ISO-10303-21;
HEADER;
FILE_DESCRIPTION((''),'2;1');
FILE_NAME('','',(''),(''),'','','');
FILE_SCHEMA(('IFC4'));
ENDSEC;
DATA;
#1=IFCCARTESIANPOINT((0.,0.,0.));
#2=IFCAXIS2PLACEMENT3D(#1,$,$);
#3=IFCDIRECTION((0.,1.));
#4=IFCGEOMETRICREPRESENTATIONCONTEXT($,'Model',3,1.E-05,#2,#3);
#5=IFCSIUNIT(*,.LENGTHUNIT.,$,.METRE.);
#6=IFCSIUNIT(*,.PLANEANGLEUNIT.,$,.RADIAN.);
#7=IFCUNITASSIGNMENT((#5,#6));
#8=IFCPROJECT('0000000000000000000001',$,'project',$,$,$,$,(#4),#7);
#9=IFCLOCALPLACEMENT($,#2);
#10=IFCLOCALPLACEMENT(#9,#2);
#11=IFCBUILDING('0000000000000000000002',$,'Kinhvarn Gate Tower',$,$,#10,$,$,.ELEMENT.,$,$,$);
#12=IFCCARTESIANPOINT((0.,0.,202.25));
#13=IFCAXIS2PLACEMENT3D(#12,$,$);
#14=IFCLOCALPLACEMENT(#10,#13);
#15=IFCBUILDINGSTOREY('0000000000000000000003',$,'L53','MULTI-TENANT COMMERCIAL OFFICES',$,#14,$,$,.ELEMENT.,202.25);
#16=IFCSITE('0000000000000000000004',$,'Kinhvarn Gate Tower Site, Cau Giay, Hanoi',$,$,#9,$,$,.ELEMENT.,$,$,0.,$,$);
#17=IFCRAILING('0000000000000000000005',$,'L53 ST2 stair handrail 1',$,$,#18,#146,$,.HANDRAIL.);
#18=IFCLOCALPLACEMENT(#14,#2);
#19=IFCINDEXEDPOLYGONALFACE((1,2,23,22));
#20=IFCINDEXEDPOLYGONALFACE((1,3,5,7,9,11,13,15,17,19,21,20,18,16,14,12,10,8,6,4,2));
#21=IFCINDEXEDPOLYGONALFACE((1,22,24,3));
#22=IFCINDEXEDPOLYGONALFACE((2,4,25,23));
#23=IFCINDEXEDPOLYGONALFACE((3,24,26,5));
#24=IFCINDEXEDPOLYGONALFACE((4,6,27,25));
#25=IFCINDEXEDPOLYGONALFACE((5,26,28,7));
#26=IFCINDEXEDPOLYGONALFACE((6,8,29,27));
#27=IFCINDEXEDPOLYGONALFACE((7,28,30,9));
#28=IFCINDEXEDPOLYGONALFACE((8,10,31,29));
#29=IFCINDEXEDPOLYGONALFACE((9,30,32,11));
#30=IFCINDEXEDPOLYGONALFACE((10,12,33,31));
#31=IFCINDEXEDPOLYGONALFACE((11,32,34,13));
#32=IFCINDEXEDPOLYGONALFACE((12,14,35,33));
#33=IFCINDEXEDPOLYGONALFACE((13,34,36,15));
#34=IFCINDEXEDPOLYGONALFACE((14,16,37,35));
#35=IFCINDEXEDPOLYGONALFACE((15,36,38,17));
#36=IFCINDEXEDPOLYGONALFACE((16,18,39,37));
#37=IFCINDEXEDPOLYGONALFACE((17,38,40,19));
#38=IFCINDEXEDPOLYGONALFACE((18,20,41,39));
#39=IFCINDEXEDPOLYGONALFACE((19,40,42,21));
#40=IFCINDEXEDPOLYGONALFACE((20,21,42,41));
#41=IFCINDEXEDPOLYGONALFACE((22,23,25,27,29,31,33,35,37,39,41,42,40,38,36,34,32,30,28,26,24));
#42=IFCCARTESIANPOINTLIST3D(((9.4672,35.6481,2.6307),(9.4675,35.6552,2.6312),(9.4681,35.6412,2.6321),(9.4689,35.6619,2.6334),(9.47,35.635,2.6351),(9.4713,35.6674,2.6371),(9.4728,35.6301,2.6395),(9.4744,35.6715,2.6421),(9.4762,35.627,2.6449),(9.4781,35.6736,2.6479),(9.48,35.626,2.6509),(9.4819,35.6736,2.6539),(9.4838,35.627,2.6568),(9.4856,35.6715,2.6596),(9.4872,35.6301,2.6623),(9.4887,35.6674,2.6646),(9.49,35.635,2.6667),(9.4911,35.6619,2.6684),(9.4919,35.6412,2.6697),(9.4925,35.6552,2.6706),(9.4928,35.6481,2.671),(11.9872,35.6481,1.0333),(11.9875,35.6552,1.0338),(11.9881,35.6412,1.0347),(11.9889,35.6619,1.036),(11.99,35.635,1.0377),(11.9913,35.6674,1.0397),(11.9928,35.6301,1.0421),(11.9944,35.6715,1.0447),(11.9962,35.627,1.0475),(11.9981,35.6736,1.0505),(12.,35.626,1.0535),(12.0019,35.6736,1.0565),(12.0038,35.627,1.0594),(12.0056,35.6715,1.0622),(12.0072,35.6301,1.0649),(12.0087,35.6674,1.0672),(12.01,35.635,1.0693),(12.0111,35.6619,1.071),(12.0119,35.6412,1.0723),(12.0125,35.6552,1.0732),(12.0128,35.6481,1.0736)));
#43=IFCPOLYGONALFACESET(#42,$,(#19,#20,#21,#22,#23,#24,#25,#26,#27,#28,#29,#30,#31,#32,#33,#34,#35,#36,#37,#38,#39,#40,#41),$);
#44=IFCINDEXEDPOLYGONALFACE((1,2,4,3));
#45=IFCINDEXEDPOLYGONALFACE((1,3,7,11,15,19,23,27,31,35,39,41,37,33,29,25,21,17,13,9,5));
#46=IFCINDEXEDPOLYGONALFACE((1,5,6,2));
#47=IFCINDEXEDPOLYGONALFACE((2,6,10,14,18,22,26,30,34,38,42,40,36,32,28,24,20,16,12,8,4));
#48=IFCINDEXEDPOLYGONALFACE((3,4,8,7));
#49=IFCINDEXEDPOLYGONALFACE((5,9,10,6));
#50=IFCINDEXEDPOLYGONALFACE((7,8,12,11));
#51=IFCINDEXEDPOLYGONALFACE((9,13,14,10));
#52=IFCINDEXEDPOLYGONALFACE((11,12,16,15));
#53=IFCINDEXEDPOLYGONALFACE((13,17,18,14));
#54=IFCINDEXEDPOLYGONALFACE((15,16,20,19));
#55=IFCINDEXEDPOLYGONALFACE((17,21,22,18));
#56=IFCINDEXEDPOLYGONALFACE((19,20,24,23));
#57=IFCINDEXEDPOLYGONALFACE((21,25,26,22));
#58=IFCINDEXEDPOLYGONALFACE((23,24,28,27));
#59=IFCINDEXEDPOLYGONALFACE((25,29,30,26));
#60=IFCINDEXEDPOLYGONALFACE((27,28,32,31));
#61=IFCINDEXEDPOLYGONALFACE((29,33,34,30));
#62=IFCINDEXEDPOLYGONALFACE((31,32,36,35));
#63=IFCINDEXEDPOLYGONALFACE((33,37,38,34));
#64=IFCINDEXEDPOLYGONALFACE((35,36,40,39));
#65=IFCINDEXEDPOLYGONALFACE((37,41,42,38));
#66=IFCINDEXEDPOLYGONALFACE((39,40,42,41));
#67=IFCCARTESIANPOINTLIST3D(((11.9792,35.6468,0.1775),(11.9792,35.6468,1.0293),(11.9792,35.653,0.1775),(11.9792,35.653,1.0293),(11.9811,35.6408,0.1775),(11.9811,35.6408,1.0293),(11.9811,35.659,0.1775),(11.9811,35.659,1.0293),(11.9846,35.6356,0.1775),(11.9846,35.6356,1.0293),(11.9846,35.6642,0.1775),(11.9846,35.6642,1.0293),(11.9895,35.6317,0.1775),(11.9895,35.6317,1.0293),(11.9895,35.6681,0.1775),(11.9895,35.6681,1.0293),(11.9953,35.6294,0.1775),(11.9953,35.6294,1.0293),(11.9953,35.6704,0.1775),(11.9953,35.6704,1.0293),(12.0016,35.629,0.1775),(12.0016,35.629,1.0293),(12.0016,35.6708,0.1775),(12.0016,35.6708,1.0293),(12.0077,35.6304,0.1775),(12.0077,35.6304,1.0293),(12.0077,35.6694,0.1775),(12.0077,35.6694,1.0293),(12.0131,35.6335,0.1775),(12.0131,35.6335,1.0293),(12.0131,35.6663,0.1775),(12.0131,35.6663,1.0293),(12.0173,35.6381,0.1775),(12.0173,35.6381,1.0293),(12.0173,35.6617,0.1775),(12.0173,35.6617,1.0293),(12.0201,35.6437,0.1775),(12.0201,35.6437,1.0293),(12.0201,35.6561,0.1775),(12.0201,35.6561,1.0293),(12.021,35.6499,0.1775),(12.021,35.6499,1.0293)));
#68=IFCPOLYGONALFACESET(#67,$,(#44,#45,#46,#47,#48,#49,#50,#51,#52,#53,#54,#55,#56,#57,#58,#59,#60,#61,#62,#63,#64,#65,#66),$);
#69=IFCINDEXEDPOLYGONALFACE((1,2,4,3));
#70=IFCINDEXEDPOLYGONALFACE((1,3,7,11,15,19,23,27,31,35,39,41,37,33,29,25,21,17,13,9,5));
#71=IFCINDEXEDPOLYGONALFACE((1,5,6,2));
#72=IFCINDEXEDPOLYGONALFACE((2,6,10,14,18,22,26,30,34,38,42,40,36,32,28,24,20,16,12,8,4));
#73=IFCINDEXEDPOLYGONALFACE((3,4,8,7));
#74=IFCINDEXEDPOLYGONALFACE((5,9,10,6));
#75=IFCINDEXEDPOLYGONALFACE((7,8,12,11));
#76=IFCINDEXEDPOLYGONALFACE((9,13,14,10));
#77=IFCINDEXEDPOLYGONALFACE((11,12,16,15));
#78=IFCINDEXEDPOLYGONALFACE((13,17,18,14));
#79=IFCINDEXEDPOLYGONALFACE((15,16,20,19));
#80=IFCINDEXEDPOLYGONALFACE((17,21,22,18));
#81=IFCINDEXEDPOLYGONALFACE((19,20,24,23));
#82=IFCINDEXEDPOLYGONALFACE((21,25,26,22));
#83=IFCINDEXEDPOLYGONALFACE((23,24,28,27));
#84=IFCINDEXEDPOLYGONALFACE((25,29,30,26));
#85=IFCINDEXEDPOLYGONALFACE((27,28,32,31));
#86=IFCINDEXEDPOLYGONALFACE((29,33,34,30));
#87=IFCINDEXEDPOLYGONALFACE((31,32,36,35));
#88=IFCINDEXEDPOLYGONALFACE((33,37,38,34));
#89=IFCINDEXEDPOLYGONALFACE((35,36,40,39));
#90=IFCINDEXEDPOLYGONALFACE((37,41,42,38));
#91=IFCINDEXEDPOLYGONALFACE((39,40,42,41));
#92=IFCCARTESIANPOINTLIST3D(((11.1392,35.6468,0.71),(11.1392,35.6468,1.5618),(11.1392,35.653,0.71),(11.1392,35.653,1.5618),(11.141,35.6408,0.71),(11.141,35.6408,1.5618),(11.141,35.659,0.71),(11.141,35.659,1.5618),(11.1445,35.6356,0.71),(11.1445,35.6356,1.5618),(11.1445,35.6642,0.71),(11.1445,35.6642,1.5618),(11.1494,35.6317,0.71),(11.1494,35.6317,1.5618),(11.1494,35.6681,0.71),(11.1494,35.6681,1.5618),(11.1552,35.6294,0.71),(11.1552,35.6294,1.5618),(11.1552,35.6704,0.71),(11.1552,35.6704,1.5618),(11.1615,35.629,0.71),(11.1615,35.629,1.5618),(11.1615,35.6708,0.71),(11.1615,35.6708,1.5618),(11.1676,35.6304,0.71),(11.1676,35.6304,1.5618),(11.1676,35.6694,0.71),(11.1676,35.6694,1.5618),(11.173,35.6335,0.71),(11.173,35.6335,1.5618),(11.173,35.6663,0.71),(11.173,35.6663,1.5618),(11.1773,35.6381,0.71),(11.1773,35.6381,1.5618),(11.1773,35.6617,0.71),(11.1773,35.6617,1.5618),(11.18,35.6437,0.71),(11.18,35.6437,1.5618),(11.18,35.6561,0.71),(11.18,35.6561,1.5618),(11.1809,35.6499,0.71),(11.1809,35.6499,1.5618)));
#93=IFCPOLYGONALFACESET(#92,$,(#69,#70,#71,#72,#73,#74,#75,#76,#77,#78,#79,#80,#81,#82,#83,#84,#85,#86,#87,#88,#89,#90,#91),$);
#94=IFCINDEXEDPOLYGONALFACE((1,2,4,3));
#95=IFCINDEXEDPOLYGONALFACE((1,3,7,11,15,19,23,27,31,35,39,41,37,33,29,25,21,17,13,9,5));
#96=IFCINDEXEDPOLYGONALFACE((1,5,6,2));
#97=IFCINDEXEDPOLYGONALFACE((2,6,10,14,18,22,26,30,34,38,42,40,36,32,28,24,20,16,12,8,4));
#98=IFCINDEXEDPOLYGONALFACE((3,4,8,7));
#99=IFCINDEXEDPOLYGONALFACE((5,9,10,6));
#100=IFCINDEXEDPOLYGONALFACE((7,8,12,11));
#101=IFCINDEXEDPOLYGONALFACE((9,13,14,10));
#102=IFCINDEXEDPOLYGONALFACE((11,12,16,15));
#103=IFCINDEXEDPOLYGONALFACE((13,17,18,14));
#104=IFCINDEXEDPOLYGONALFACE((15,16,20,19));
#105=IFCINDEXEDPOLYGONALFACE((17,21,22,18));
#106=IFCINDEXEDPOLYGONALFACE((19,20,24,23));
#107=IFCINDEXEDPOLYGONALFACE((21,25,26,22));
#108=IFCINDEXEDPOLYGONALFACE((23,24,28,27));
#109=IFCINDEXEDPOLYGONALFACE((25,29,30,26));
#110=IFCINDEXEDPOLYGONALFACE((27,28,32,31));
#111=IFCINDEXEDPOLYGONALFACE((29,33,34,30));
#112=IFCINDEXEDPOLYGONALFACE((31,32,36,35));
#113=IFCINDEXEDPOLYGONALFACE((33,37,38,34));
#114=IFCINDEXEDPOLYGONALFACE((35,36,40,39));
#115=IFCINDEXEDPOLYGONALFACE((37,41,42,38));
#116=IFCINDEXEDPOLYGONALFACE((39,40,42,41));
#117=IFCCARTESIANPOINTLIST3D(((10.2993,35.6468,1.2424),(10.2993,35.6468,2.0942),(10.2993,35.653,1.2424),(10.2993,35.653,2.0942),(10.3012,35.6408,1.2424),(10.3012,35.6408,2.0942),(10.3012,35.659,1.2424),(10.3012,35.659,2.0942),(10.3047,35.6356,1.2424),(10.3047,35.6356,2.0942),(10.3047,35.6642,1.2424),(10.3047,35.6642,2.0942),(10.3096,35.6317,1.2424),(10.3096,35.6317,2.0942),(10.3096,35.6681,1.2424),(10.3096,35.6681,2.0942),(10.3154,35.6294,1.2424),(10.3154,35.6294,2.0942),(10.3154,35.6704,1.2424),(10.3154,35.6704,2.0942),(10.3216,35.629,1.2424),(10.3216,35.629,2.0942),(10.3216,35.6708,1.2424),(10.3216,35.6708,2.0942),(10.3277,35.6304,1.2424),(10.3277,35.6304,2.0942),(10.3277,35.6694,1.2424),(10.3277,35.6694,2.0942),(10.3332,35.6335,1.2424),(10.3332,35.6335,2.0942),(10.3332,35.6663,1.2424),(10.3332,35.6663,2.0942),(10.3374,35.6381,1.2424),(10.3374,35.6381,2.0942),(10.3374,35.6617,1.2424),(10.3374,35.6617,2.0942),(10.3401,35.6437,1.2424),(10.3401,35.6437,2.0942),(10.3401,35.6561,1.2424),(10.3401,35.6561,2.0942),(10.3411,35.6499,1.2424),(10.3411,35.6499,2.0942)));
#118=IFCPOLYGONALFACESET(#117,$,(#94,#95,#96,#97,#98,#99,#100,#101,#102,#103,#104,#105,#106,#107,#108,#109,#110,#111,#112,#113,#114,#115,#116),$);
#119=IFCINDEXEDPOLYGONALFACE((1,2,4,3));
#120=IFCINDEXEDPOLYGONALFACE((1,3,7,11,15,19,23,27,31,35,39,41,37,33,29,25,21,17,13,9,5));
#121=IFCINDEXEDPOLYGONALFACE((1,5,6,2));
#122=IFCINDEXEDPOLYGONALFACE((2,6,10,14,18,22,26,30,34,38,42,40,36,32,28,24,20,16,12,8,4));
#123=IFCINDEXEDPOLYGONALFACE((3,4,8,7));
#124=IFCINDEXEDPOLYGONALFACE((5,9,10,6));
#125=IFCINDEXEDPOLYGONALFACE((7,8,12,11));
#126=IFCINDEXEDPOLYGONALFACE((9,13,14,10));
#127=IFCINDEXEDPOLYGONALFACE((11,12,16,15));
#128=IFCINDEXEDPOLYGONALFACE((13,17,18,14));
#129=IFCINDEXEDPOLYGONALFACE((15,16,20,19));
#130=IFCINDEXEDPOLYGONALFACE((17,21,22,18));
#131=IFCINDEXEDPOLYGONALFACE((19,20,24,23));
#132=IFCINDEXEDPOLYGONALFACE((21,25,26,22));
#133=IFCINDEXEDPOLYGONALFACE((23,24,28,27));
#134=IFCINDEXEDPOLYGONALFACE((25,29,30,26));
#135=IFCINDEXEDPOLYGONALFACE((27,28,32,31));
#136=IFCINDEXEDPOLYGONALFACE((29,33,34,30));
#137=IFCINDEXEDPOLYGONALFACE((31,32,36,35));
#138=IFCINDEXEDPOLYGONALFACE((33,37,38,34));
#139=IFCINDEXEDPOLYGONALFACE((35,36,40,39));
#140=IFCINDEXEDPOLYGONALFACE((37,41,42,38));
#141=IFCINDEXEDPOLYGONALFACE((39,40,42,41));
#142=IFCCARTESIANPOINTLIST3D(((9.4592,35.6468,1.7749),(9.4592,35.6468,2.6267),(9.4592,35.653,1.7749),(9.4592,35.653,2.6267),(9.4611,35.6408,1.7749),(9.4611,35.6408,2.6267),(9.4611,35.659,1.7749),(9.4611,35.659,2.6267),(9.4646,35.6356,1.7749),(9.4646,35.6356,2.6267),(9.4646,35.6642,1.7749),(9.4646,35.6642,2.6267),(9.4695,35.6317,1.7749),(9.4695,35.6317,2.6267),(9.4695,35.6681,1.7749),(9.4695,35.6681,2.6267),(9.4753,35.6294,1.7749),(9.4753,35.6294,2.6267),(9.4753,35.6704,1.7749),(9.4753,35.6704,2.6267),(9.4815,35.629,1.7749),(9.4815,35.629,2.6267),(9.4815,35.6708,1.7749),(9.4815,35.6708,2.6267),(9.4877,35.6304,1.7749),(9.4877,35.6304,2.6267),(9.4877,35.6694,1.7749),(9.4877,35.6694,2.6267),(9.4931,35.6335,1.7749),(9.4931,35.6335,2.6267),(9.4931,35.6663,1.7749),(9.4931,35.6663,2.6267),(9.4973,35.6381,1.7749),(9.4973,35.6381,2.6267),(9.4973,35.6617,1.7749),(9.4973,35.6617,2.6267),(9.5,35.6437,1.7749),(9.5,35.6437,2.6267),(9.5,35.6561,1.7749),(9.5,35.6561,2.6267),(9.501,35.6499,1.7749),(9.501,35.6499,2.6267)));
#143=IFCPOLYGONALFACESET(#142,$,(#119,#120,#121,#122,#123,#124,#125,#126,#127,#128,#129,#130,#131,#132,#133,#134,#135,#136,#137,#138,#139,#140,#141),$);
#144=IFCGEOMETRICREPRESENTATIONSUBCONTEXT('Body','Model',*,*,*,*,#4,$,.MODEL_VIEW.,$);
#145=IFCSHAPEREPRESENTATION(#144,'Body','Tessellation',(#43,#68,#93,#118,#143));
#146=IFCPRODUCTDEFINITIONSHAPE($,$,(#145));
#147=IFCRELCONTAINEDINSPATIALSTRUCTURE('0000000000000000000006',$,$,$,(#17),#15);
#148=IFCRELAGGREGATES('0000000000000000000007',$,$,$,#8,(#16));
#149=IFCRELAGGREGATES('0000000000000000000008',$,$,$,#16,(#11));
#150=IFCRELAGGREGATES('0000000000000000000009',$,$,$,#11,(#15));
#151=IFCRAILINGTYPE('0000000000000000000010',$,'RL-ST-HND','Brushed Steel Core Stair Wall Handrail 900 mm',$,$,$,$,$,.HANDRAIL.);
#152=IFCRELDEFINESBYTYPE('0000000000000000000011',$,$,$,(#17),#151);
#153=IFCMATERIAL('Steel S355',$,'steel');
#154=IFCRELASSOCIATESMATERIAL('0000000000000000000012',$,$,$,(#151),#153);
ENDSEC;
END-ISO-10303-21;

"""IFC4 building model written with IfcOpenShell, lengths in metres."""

from ifc_helpers import new_model, si_unit, direction, frame, origin, origin_2d, place, context, subcontext, project, spatial, circle, extrude, material, type_object, element, save


model = new_model("IFC4")

# Units and contexts
model_context = context("Model", 3, precision=1e-05, world=origin(), true_north=direction((0.0, 1.0)))
body_context = subcontext(model_context, "Body", "Model", "MODEL_VIEW")
ifc_project = project(units=[si_unit("LENGTHUNIT", "METRE"), si_unit("PLANEANGLEUNIT", "RADIAN")], contexts=[model_context])

# Site, building, storey
site_placement = place(None, origin())
site = spatial("IfcSite", under=ifc_project, at=site_placement, Name="Kinhvarn Gate Tower Site, Cau Giay, Hanoi", CompositionType="ELEMENT", RefElevation=0.0)
building_placement = place(site_placement, origin())
building = spatial("IfcBuilding", under=site, at=building_placement, Name="Kinhvarn Gate Tower", CompositionType="ELEMENT")
storey_placement = place(building_placement, frame((0.0, 0.0, 202.25)))
storey = spatial("IfcBuildingStorey", under=building, at=storey_placement, Name="L53", Description="MULTI-TENANT COMMERCIAL OFFICES", CompositionType="ELEMENT", Elevation=202.25)

# Shared definitions
ifc_material_1 = material(Name="Steel S355", Category="steel")

# Railing
railing_type_1 = type_object("IfcRailingType", Name="RL-ST-HND", Description="Brushed Steel Core Stair Wall Handrail 900 mm", PredefinedType="HANDRAIL", material=ifc_material_1)
railing_1_placement = place(storey_placement, frame((12.0, 35.6499, 0.1775)))
element("IfcRailing", 1, at=railing_1_placement, inside=storey, type_object=railing_type_1, Name="L53 ST2 stair handrail 1", PredefinedType="HANDRAIL", context=body_context, shape_type="SweptSolid", body=[
    extrude(circle(Radius=0.0239, at=origin_2d()), frame((0.0, 0.0, 0.876), z_axis=(-0.844607, 0.0, 0.535387), x_axis=(0.0, -1.0, 0.0)), (0.0, 0.0, 1.0), 2.9836),
    extrude(circle(Radius=0.021, at=origin_2d()), origin(), (0.0, 0.0, 1.0), 0.8518),
    extrude(circle(Radius=0.021, at=origin_2d()), frame((-0.8401, 0.0, 0.5325)), (0.0, 0.0, 1.0), 0.8518),
    extrude(circle(Radius=0.021, at=origin_2d()), frame((-1.6799, 0.0, 1.0649)), (0.0, 0.0, 1.0), 0.8518),
    extrude(circle(Radius=0.021, at=origin_2d()), frame((-2.52, 0.0, 1.5974)), (0.0, 0.0, 1.0), 0.8518),
])

save(model, "model.ifc")
